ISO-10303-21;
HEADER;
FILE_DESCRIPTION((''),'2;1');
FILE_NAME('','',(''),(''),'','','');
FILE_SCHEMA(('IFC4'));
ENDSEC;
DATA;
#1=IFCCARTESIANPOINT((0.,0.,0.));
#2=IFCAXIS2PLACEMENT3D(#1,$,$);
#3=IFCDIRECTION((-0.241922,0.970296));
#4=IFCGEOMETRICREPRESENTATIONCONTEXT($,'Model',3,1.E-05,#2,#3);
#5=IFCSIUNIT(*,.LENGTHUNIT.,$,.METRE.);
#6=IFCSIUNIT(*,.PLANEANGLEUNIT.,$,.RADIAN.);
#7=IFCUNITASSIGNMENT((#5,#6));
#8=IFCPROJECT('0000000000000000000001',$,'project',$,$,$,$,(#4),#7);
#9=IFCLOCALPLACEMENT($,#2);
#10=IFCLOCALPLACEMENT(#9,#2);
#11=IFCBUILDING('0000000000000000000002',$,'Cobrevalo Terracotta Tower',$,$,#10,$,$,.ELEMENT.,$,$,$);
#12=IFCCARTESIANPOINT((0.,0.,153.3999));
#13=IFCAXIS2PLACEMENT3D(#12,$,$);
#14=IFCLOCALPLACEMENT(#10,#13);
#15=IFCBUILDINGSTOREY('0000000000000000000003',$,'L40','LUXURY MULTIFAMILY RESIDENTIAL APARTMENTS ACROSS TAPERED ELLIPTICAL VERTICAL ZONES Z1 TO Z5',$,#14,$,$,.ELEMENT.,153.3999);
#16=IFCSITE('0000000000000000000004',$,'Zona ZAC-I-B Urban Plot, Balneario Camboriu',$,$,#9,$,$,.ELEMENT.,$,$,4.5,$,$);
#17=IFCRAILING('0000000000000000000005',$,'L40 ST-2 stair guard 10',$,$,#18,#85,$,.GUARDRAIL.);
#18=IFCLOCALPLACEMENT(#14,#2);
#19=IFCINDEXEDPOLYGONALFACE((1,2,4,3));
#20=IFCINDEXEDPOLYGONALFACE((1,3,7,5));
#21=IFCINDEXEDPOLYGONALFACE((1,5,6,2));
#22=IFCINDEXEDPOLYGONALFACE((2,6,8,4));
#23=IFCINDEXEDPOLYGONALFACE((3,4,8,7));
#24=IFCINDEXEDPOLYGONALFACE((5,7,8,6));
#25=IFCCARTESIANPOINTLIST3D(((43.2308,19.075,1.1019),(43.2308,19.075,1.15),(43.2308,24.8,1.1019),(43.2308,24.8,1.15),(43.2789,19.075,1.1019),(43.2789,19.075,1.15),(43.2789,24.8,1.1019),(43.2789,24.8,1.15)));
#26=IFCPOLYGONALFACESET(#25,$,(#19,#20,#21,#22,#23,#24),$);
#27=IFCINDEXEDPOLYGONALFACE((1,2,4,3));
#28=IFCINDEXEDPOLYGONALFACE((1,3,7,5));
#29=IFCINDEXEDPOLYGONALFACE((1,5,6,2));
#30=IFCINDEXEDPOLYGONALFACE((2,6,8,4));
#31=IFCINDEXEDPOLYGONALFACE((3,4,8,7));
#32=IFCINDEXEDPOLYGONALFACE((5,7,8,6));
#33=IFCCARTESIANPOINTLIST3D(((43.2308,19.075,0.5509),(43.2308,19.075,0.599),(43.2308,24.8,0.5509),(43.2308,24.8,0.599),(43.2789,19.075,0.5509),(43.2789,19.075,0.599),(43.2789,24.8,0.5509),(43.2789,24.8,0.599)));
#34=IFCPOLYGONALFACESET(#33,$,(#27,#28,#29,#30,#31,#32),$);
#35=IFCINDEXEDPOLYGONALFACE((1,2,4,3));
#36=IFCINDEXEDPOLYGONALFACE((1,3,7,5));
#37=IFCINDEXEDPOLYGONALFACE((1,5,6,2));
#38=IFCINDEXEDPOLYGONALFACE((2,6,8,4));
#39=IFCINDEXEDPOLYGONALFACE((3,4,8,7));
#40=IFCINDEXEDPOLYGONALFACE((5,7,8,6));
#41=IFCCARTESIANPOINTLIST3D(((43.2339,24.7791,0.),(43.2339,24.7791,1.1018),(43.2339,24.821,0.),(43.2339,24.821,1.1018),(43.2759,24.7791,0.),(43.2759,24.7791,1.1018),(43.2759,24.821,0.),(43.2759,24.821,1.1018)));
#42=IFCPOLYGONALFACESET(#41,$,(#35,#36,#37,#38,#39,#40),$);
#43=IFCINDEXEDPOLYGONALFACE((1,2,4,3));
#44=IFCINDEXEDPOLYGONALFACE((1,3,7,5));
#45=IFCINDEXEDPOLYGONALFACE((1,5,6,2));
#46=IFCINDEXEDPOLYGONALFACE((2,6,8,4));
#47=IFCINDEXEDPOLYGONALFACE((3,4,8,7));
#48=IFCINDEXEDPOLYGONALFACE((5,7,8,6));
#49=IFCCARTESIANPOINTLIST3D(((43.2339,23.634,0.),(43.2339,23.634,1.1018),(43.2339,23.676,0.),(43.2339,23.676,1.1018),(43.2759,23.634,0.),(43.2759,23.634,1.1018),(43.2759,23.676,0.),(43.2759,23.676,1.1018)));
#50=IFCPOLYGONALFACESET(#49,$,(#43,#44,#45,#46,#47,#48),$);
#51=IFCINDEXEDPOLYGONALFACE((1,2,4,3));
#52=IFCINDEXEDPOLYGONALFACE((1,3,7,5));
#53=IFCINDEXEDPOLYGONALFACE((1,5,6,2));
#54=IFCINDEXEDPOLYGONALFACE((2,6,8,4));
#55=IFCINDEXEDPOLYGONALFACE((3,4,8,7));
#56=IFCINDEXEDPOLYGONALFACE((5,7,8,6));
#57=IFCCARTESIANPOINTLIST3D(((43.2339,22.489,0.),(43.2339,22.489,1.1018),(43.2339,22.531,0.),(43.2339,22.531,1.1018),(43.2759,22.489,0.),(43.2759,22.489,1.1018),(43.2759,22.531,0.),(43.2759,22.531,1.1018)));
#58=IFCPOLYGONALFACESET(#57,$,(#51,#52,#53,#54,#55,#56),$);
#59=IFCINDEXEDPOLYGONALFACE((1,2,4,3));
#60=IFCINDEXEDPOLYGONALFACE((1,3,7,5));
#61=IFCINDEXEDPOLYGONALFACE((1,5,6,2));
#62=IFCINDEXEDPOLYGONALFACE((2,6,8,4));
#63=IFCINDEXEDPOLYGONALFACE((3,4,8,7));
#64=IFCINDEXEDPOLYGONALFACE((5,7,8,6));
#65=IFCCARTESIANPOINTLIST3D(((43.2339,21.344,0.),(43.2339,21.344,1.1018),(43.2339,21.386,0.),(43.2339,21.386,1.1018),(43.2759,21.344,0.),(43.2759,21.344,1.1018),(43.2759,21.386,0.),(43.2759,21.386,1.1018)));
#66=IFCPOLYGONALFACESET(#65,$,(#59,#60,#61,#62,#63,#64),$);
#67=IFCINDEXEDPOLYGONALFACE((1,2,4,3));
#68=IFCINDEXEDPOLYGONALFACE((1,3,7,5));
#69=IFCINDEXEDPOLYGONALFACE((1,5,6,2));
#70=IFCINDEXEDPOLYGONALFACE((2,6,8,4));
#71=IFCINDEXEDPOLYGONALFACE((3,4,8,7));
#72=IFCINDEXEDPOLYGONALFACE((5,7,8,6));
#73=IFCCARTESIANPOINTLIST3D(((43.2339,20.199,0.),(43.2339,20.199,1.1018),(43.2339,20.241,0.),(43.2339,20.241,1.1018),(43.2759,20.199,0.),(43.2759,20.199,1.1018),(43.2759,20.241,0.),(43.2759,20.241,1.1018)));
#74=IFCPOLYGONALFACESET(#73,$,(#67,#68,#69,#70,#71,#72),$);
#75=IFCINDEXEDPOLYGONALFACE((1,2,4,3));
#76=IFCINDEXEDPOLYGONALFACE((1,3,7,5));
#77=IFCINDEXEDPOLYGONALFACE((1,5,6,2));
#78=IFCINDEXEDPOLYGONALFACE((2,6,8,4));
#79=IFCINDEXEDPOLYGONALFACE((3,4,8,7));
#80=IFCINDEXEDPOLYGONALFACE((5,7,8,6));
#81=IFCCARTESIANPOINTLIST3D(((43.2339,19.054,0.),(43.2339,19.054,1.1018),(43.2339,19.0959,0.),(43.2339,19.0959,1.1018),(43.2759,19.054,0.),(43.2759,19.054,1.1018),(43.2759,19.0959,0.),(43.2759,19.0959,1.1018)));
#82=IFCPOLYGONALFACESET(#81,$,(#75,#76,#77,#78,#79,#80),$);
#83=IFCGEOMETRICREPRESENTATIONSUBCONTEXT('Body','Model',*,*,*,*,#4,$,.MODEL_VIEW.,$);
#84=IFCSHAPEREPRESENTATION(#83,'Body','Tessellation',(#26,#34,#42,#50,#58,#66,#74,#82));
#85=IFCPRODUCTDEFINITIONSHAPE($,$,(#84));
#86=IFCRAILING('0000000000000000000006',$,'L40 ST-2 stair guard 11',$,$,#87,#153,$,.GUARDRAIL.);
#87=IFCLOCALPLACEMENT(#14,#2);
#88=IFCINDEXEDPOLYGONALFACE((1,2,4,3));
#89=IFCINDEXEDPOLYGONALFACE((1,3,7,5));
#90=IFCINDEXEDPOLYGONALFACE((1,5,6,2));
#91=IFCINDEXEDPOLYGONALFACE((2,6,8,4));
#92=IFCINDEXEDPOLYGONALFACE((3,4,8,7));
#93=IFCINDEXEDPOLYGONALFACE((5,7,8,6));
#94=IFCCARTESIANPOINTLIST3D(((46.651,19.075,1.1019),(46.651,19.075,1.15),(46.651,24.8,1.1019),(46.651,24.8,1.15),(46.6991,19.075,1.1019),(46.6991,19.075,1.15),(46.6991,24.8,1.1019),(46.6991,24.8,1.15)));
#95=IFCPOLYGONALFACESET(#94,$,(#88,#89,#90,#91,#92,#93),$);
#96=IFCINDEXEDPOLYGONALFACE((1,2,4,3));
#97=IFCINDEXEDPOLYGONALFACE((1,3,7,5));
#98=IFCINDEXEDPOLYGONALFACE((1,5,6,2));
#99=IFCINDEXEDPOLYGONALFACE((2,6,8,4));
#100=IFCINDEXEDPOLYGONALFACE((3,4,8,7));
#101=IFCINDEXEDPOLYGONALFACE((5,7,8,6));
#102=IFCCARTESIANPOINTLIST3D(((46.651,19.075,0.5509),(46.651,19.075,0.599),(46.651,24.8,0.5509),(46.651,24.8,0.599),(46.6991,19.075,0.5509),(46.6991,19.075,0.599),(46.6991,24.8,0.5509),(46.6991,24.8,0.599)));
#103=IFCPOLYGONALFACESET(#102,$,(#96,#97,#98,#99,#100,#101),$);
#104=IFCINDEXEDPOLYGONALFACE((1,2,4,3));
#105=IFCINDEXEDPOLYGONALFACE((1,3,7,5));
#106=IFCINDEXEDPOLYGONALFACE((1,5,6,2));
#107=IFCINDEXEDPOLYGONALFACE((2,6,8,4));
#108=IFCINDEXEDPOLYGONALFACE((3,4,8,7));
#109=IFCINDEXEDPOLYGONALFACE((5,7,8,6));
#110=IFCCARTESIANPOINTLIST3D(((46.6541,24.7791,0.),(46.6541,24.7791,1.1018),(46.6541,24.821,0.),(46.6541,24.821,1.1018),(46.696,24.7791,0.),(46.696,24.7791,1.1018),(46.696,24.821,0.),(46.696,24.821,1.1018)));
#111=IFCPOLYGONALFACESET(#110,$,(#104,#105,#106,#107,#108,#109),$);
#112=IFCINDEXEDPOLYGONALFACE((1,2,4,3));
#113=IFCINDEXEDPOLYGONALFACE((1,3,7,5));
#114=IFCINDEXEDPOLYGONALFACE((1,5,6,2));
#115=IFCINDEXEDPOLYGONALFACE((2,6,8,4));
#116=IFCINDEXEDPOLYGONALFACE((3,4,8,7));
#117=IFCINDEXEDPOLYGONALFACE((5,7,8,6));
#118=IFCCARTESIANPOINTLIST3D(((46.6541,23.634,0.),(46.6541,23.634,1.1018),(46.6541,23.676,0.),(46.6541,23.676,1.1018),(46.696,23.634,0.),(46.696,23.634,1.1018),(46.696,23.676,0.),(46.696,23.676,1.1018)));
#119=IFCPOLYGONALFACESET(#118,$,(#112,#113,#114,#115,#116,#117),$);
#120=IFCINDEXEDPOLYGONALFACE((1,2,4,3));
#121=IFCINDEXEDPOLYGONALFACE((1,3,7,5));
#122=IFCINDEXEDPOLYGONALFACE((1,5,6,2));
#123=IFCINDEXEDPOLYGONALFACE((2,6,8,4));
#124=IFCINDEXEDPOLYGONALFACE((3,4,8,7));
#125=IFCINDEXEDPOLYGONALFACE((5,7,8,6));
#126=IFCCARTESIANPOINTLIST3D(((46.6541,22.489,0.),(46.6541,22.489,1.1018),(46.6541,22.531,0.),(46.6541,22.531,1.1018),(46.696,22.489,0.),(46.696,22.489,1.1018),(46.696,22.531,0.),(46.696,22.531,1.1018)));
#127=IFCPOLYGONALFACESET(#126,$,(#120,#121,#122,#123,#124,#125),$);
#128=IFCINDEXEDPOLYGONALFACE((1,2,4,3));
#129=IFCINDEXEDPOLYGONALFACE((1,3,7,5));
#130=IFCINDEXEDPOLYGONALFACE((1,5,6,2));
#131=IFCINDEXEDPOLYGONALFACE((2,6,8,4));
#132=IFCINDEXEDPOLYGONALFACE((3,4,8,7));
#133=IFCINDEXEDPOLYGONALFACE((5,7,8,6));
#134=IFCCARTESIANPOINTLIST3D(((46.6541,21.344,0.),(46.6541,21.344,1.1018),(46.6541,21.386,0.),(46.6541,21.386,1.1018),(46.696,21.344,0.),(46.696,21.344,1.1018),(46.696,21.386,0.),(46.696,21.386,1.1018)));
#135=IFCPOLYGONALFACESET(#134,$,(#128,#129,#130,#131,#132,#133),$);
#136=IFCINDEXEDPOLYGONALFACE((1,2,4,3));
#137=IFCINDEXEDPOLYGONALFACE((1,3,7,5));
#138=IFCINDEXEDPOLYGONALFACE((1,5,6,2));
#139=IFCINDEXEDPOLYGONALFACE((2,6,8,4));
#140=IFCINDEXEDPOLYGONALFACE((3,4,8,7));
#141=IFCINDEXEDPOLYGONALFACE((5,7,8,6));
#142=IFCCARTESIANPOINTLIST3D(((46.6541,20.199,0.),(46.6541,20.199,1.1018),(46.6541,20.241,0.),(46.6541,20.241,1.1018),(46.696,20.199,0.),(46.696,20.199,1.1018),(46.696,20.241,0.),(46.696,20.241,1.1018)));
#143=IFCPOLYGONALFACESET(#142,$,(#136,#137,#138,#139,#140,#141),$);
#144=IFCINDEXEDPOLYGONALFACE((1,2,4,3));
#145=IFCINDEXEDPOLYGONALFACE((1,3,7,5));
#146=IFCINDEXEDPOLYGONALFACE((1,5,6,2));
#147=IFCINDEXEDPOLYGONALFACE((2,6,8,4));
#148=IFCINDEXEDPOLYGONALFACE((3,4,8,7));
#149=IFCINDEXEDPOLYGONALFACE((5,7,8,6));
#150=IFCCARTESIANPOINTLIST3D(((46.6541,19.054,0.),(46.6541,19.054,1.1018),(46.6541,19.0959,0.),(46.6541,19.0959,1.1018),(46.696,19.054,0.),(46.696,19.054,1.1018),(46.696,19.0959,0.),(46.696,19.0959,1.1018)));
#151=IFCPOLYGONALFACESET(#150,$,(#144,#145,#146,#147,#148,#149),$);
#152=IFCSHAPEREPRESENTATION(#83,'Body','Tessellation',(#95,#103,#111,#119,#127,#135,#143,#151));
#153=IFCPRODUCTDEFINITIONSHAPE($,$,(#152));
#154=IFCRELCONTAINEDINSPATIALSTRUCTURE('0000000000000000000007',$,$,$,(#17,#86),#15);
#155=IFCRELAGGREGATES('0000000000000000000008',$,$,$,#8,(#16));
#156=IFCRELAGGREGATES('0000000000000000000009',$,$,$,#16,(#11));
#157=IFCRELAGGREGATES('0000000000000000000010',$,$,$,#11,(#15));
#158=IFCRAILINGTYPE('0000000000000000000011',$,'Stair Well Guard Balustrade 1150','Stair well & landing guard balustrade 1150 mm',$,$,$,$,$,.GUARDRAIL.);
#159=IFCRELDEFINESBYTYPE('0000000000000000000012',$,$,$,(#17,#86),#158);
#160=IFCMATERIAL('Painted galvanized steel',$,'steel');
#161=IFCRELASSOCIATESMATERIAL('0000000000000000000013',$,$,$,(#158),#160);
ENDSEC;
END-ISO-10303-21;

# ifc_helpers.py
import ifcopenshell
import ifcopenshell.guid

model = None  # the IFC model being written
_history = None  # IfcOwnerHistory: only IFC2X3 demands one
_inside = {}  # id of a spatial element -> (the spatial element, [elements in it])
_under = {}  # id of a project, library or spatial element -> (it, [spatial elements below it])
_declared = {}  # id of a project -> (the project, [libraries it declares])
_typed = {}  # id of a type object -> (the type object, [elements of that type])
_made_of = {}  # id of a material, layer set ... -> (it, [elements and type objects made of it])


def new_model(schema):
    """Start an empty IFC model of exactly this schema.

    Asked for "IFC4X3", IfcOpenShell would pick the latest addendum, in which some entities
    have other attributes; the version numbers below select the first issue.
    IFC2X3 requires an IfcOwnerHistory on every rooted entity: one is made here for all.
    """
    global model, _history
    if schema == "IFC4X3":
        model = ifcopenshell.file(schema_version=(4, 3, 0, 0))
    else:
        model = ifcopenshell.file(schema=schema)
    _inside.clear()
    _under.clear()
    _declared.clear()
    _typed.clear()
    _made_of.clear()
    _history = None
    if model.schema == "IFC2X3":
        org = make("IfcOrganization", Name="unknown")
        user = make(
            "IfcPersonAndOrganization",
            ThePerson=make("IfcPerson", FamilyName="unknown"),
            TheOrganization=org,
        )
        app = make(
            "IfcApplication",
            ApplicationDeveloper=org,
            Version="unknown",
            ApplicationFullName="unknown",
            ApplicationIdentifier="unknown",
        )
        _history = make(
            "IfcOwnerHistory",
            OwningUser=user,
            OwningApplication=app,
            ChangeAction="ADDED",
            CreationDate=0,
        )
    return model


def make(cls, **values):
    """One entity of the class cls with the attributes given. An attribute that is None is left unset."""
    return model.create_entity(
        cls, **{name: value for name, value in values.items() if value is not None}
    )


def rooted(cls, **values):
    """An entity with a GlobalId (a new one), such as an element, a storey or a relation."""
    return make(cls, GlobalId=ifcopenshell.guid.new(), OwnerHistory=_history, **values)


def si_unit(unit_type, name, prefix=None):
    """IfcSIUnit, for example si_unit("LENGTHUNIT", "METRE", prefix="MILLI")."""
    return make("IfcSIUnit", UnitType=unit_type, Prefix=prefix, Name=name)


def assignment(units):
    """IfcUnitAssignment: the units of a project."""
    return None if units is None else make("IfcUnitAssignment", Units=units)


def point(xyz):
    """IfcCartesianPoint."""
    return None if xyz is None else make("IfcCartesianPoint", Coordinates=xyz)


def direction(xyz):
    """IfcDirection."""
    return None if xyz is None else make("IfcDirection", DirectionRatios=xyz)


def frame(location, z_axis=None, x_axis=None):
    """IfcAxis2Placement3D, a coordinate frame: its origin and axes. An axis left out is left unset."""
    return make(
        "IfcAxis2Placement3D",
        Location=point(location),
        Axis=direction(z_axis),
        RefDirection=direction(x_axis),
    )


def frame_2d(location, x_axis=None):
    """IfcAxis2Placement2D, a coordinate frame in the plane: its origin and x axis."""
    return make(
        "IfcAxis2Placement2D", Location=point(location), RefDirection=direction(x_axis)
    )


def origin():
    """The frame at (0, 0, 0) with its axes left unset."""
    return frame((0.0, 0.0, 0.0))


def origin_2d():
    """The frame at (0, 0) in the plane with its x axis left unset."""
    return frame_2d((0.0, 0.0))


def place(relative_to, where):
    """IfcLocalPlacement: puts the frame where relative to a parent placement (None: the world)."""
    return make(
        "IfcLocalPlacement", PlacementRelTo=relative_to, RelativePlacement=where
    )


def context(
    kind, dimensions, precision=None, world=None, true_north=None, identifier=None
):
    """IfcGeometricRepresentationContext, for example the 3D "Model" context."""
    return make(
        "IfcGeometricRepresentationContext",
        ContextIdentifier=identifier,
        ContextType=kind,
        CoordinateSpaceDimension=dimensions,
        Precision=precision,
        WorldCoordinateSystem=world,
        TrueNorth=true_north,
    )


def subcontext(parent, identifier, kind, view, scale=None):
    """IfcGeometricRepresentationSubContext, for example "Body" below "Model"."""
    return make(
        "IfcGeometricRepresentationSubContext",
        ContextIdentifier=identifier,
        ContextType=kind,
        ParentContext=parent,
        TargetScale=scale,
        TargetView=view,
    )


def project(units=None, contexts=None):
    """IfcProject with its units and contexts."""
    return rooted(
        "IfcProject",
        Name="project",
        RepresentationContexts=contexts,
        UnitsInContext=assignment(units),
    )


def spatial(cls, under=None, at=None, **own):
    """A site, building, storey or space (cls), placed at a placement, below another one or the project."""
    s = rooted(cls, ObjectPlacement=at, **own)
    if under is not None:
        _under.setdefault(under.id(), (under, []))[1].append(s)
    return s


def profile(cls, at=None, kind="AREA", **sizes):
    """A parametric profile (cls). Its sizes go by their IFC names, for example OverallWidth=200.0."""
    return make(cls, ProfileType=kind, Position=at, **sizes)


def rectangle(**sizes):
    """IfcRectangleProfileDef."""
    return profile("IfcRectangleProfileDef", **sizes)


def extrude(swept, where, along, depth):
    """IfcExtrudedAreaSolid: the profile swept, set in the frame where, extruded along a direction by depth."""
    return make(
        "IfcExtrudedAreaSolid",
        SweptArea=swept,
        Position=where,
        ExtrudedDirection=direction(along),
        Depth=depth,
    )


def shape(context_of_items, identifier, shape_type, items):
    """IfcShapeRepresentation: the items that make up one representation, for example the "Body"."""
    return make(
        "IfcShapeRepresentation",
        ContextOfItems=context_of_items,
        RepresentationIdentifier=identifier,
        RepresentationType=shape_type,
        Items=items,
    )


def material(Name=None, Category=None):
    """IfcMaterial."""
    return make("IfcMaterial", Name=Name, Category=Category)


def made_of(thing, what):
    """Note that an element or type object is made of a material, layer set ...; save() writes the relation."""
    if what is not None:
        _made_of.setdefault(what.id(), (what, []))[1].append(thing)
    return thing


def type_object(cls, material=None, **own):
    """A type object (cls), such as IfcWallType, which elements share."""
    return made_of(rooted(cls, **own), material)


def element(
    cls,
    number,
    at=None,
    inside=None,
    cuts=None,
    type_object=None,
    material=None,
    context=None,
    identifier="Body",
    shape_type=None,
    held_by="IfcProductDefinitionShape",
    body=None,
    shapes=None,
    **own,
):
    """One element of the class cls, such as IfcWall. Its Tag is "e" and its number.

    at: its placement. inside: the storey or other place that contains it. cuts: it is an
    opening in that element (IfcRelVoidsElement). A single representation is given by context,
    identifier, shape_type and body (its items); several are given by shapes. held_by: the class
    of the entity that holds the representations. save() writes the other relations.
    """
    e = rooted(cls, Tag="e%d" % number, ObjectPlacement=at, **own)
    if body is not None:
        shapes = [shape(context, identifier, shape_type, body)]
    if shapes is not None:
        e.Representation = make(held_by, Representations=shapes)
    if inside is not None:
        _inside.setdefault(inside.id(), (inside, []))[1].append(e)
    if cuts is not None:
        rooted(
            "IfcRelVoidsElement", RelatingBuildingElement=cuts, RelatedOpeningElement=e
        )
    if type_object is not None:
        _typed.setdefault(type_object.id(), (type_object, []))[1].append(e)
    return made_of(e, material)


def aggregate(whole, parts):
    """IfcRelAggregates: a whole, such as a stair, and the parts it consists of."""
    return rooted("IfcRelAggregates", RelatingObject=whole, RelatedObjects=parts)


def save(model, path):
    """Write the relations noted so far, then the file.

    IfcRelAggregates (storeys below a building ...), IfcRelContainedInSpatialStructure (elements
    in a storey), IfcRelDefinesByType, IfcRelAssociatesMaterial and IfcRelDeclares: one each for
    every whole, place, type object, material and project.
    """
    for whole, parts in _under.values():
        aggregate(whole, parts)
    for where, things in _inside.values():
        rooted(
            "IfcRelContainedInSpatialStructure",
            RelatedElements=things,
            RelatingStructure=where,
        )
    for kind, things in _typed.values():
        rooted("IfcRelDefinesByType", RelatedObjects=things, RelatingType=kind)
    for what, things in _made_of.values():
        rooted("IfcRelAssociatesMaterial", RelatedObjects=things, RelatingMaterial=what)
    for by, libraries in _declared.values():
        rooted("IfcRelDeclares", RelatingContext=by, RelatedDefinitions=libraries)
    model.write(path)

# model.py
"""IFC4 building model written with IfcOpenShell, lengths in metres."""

from ifc_helpers import new_model, si_unit, direction, frame, origin, origin_2d, place, context, subcontext, project, spatial, rectangle, extrude, material, type_object, element, save


model = new_model("IFC4")

# Units and contexts
model_context = context("Model", 3, precision=1e-05, world=origin(), true_north=direction((-0.241922, 0.970296)))
body_context = subcontext(model_context, "Body", "Model", "MODEL_VIEW")
ifc_project = project(units=[si_unit("LENGTHUNIT", "METRE"), si_unit("PLANEANGLEUNIT", "RADIAN")], contexts=[model_context])

# Site, building, storey
site_placement = place(None, origin())
site = spatial("IfcSite", under=ifc_project, at=site_placement, Name="Zona ZAC-I-B Urban Plot, Balneario Camboriu", CompositionType="ELEMENT", RefElevation=4.5)
building_placement = place(site_placement, origin())
building = spatial("IfcBuilding", under=site, at=building_placement, Name="Cobrevalo Terracotta Tower", CompositionType="ELEMENT")
storey_placement = place(building_placement, frame((0.0, 0.0, 153.3999)))
storey = spatial("IfcBuildingStorey", under=building, at=storey_placement, Name="L40", Description="LUXURY MULTIFAMILY RESIDENTIAL APARTMENTS ACROSS TAPERED ELLIPTICAL VERTICAL ZONES Z1 TO Z5", CompositionType="ELEMENT", Elevation=153.3999)

# Railings
ifc_material_1 = material(Name="Painted galvanized steel", Category="steel")
railing_type_1 = type_object("IfcRailingType", Name="Stair Well Guard Balustrade 1150", Description="Stair well & landing guard balustrade 1150 mm", PredefinedType="GUARDRAIL", material=ifc_material_1)
for number, where, name in (
    (1, (43.2549, 24.8, 0.0), "L40 ST-2 stair guard 10"),
    (2, (46.675, 24.8, 0.0), "L40 ST-2 stair guard 11"),
):
    element("IfcRailing", number, at=place(storey_placement, frame(where)), inside=storey, type_object=railing_type_1, Name=name, PredefinedType="GUARDRAIL", context=body_context, shape_type="SweptSolid", body=[
        extrude(rectangle(XDim=0.0481, YDim=0.0481, at=origin_2d()), frame((0.0, 0.0, 1.126), z_axis=(0.0, -1.0, 0.0), x_axis=(1.0, 0.0, 0.0)), (0.0, 0.0, 1.0), 5.7251),
        extrude(rectangle(XDim=0.0481, YDim=0.0481, at=origin_2d()), frame((0.0, 0.0, 0.575), z_axis=(0.0, -1.0, 0.0), x_axis=(1.0, 0.0, 0.0)), (0.0, 0.0, 1.0), 5.7251),
        extrude(rectangle(XDim=0.042, YDim=0.042, at=origin_2d()), origin(), (0.0, 0.0, 1.0), 1.1018),
        extrude(rectangle(XDim=0.042, YDim=0.042, at=origin_2d()), frame((0.0, -1.145, 0.0)), (0.0, 0.0, 1.0), 1.1018),
        extrude(rectangle(XDim=0.042, YDim=0.042, at=origin_2d()), frame((0.0, -2.29, 0.0)), (0.0, 0.0, 1.0), 1.1018),
        extrude(rectangle(XDim=0.042, YDim=0.042, at=origin_2d()), frame((0.0, -3.4351, 0.0)), (0.0, 0.0, 1.0), 1.1018),
        extrude(rectangle(XDim=0.042, YDim=0.042, at=origin_2d()), frame((0.0, -4.5801, 0.0)), (0.0, 0.0, 1.0), 1.1018),
        extrude(rectangle(XDim=0.042, YDim=0.042, at=origin_2d()), frame((0.0, -5.7251, 0.0)), (0.0, 0.0, 1.0), 1.1018),
    ])

save(model, "model.ifc")
